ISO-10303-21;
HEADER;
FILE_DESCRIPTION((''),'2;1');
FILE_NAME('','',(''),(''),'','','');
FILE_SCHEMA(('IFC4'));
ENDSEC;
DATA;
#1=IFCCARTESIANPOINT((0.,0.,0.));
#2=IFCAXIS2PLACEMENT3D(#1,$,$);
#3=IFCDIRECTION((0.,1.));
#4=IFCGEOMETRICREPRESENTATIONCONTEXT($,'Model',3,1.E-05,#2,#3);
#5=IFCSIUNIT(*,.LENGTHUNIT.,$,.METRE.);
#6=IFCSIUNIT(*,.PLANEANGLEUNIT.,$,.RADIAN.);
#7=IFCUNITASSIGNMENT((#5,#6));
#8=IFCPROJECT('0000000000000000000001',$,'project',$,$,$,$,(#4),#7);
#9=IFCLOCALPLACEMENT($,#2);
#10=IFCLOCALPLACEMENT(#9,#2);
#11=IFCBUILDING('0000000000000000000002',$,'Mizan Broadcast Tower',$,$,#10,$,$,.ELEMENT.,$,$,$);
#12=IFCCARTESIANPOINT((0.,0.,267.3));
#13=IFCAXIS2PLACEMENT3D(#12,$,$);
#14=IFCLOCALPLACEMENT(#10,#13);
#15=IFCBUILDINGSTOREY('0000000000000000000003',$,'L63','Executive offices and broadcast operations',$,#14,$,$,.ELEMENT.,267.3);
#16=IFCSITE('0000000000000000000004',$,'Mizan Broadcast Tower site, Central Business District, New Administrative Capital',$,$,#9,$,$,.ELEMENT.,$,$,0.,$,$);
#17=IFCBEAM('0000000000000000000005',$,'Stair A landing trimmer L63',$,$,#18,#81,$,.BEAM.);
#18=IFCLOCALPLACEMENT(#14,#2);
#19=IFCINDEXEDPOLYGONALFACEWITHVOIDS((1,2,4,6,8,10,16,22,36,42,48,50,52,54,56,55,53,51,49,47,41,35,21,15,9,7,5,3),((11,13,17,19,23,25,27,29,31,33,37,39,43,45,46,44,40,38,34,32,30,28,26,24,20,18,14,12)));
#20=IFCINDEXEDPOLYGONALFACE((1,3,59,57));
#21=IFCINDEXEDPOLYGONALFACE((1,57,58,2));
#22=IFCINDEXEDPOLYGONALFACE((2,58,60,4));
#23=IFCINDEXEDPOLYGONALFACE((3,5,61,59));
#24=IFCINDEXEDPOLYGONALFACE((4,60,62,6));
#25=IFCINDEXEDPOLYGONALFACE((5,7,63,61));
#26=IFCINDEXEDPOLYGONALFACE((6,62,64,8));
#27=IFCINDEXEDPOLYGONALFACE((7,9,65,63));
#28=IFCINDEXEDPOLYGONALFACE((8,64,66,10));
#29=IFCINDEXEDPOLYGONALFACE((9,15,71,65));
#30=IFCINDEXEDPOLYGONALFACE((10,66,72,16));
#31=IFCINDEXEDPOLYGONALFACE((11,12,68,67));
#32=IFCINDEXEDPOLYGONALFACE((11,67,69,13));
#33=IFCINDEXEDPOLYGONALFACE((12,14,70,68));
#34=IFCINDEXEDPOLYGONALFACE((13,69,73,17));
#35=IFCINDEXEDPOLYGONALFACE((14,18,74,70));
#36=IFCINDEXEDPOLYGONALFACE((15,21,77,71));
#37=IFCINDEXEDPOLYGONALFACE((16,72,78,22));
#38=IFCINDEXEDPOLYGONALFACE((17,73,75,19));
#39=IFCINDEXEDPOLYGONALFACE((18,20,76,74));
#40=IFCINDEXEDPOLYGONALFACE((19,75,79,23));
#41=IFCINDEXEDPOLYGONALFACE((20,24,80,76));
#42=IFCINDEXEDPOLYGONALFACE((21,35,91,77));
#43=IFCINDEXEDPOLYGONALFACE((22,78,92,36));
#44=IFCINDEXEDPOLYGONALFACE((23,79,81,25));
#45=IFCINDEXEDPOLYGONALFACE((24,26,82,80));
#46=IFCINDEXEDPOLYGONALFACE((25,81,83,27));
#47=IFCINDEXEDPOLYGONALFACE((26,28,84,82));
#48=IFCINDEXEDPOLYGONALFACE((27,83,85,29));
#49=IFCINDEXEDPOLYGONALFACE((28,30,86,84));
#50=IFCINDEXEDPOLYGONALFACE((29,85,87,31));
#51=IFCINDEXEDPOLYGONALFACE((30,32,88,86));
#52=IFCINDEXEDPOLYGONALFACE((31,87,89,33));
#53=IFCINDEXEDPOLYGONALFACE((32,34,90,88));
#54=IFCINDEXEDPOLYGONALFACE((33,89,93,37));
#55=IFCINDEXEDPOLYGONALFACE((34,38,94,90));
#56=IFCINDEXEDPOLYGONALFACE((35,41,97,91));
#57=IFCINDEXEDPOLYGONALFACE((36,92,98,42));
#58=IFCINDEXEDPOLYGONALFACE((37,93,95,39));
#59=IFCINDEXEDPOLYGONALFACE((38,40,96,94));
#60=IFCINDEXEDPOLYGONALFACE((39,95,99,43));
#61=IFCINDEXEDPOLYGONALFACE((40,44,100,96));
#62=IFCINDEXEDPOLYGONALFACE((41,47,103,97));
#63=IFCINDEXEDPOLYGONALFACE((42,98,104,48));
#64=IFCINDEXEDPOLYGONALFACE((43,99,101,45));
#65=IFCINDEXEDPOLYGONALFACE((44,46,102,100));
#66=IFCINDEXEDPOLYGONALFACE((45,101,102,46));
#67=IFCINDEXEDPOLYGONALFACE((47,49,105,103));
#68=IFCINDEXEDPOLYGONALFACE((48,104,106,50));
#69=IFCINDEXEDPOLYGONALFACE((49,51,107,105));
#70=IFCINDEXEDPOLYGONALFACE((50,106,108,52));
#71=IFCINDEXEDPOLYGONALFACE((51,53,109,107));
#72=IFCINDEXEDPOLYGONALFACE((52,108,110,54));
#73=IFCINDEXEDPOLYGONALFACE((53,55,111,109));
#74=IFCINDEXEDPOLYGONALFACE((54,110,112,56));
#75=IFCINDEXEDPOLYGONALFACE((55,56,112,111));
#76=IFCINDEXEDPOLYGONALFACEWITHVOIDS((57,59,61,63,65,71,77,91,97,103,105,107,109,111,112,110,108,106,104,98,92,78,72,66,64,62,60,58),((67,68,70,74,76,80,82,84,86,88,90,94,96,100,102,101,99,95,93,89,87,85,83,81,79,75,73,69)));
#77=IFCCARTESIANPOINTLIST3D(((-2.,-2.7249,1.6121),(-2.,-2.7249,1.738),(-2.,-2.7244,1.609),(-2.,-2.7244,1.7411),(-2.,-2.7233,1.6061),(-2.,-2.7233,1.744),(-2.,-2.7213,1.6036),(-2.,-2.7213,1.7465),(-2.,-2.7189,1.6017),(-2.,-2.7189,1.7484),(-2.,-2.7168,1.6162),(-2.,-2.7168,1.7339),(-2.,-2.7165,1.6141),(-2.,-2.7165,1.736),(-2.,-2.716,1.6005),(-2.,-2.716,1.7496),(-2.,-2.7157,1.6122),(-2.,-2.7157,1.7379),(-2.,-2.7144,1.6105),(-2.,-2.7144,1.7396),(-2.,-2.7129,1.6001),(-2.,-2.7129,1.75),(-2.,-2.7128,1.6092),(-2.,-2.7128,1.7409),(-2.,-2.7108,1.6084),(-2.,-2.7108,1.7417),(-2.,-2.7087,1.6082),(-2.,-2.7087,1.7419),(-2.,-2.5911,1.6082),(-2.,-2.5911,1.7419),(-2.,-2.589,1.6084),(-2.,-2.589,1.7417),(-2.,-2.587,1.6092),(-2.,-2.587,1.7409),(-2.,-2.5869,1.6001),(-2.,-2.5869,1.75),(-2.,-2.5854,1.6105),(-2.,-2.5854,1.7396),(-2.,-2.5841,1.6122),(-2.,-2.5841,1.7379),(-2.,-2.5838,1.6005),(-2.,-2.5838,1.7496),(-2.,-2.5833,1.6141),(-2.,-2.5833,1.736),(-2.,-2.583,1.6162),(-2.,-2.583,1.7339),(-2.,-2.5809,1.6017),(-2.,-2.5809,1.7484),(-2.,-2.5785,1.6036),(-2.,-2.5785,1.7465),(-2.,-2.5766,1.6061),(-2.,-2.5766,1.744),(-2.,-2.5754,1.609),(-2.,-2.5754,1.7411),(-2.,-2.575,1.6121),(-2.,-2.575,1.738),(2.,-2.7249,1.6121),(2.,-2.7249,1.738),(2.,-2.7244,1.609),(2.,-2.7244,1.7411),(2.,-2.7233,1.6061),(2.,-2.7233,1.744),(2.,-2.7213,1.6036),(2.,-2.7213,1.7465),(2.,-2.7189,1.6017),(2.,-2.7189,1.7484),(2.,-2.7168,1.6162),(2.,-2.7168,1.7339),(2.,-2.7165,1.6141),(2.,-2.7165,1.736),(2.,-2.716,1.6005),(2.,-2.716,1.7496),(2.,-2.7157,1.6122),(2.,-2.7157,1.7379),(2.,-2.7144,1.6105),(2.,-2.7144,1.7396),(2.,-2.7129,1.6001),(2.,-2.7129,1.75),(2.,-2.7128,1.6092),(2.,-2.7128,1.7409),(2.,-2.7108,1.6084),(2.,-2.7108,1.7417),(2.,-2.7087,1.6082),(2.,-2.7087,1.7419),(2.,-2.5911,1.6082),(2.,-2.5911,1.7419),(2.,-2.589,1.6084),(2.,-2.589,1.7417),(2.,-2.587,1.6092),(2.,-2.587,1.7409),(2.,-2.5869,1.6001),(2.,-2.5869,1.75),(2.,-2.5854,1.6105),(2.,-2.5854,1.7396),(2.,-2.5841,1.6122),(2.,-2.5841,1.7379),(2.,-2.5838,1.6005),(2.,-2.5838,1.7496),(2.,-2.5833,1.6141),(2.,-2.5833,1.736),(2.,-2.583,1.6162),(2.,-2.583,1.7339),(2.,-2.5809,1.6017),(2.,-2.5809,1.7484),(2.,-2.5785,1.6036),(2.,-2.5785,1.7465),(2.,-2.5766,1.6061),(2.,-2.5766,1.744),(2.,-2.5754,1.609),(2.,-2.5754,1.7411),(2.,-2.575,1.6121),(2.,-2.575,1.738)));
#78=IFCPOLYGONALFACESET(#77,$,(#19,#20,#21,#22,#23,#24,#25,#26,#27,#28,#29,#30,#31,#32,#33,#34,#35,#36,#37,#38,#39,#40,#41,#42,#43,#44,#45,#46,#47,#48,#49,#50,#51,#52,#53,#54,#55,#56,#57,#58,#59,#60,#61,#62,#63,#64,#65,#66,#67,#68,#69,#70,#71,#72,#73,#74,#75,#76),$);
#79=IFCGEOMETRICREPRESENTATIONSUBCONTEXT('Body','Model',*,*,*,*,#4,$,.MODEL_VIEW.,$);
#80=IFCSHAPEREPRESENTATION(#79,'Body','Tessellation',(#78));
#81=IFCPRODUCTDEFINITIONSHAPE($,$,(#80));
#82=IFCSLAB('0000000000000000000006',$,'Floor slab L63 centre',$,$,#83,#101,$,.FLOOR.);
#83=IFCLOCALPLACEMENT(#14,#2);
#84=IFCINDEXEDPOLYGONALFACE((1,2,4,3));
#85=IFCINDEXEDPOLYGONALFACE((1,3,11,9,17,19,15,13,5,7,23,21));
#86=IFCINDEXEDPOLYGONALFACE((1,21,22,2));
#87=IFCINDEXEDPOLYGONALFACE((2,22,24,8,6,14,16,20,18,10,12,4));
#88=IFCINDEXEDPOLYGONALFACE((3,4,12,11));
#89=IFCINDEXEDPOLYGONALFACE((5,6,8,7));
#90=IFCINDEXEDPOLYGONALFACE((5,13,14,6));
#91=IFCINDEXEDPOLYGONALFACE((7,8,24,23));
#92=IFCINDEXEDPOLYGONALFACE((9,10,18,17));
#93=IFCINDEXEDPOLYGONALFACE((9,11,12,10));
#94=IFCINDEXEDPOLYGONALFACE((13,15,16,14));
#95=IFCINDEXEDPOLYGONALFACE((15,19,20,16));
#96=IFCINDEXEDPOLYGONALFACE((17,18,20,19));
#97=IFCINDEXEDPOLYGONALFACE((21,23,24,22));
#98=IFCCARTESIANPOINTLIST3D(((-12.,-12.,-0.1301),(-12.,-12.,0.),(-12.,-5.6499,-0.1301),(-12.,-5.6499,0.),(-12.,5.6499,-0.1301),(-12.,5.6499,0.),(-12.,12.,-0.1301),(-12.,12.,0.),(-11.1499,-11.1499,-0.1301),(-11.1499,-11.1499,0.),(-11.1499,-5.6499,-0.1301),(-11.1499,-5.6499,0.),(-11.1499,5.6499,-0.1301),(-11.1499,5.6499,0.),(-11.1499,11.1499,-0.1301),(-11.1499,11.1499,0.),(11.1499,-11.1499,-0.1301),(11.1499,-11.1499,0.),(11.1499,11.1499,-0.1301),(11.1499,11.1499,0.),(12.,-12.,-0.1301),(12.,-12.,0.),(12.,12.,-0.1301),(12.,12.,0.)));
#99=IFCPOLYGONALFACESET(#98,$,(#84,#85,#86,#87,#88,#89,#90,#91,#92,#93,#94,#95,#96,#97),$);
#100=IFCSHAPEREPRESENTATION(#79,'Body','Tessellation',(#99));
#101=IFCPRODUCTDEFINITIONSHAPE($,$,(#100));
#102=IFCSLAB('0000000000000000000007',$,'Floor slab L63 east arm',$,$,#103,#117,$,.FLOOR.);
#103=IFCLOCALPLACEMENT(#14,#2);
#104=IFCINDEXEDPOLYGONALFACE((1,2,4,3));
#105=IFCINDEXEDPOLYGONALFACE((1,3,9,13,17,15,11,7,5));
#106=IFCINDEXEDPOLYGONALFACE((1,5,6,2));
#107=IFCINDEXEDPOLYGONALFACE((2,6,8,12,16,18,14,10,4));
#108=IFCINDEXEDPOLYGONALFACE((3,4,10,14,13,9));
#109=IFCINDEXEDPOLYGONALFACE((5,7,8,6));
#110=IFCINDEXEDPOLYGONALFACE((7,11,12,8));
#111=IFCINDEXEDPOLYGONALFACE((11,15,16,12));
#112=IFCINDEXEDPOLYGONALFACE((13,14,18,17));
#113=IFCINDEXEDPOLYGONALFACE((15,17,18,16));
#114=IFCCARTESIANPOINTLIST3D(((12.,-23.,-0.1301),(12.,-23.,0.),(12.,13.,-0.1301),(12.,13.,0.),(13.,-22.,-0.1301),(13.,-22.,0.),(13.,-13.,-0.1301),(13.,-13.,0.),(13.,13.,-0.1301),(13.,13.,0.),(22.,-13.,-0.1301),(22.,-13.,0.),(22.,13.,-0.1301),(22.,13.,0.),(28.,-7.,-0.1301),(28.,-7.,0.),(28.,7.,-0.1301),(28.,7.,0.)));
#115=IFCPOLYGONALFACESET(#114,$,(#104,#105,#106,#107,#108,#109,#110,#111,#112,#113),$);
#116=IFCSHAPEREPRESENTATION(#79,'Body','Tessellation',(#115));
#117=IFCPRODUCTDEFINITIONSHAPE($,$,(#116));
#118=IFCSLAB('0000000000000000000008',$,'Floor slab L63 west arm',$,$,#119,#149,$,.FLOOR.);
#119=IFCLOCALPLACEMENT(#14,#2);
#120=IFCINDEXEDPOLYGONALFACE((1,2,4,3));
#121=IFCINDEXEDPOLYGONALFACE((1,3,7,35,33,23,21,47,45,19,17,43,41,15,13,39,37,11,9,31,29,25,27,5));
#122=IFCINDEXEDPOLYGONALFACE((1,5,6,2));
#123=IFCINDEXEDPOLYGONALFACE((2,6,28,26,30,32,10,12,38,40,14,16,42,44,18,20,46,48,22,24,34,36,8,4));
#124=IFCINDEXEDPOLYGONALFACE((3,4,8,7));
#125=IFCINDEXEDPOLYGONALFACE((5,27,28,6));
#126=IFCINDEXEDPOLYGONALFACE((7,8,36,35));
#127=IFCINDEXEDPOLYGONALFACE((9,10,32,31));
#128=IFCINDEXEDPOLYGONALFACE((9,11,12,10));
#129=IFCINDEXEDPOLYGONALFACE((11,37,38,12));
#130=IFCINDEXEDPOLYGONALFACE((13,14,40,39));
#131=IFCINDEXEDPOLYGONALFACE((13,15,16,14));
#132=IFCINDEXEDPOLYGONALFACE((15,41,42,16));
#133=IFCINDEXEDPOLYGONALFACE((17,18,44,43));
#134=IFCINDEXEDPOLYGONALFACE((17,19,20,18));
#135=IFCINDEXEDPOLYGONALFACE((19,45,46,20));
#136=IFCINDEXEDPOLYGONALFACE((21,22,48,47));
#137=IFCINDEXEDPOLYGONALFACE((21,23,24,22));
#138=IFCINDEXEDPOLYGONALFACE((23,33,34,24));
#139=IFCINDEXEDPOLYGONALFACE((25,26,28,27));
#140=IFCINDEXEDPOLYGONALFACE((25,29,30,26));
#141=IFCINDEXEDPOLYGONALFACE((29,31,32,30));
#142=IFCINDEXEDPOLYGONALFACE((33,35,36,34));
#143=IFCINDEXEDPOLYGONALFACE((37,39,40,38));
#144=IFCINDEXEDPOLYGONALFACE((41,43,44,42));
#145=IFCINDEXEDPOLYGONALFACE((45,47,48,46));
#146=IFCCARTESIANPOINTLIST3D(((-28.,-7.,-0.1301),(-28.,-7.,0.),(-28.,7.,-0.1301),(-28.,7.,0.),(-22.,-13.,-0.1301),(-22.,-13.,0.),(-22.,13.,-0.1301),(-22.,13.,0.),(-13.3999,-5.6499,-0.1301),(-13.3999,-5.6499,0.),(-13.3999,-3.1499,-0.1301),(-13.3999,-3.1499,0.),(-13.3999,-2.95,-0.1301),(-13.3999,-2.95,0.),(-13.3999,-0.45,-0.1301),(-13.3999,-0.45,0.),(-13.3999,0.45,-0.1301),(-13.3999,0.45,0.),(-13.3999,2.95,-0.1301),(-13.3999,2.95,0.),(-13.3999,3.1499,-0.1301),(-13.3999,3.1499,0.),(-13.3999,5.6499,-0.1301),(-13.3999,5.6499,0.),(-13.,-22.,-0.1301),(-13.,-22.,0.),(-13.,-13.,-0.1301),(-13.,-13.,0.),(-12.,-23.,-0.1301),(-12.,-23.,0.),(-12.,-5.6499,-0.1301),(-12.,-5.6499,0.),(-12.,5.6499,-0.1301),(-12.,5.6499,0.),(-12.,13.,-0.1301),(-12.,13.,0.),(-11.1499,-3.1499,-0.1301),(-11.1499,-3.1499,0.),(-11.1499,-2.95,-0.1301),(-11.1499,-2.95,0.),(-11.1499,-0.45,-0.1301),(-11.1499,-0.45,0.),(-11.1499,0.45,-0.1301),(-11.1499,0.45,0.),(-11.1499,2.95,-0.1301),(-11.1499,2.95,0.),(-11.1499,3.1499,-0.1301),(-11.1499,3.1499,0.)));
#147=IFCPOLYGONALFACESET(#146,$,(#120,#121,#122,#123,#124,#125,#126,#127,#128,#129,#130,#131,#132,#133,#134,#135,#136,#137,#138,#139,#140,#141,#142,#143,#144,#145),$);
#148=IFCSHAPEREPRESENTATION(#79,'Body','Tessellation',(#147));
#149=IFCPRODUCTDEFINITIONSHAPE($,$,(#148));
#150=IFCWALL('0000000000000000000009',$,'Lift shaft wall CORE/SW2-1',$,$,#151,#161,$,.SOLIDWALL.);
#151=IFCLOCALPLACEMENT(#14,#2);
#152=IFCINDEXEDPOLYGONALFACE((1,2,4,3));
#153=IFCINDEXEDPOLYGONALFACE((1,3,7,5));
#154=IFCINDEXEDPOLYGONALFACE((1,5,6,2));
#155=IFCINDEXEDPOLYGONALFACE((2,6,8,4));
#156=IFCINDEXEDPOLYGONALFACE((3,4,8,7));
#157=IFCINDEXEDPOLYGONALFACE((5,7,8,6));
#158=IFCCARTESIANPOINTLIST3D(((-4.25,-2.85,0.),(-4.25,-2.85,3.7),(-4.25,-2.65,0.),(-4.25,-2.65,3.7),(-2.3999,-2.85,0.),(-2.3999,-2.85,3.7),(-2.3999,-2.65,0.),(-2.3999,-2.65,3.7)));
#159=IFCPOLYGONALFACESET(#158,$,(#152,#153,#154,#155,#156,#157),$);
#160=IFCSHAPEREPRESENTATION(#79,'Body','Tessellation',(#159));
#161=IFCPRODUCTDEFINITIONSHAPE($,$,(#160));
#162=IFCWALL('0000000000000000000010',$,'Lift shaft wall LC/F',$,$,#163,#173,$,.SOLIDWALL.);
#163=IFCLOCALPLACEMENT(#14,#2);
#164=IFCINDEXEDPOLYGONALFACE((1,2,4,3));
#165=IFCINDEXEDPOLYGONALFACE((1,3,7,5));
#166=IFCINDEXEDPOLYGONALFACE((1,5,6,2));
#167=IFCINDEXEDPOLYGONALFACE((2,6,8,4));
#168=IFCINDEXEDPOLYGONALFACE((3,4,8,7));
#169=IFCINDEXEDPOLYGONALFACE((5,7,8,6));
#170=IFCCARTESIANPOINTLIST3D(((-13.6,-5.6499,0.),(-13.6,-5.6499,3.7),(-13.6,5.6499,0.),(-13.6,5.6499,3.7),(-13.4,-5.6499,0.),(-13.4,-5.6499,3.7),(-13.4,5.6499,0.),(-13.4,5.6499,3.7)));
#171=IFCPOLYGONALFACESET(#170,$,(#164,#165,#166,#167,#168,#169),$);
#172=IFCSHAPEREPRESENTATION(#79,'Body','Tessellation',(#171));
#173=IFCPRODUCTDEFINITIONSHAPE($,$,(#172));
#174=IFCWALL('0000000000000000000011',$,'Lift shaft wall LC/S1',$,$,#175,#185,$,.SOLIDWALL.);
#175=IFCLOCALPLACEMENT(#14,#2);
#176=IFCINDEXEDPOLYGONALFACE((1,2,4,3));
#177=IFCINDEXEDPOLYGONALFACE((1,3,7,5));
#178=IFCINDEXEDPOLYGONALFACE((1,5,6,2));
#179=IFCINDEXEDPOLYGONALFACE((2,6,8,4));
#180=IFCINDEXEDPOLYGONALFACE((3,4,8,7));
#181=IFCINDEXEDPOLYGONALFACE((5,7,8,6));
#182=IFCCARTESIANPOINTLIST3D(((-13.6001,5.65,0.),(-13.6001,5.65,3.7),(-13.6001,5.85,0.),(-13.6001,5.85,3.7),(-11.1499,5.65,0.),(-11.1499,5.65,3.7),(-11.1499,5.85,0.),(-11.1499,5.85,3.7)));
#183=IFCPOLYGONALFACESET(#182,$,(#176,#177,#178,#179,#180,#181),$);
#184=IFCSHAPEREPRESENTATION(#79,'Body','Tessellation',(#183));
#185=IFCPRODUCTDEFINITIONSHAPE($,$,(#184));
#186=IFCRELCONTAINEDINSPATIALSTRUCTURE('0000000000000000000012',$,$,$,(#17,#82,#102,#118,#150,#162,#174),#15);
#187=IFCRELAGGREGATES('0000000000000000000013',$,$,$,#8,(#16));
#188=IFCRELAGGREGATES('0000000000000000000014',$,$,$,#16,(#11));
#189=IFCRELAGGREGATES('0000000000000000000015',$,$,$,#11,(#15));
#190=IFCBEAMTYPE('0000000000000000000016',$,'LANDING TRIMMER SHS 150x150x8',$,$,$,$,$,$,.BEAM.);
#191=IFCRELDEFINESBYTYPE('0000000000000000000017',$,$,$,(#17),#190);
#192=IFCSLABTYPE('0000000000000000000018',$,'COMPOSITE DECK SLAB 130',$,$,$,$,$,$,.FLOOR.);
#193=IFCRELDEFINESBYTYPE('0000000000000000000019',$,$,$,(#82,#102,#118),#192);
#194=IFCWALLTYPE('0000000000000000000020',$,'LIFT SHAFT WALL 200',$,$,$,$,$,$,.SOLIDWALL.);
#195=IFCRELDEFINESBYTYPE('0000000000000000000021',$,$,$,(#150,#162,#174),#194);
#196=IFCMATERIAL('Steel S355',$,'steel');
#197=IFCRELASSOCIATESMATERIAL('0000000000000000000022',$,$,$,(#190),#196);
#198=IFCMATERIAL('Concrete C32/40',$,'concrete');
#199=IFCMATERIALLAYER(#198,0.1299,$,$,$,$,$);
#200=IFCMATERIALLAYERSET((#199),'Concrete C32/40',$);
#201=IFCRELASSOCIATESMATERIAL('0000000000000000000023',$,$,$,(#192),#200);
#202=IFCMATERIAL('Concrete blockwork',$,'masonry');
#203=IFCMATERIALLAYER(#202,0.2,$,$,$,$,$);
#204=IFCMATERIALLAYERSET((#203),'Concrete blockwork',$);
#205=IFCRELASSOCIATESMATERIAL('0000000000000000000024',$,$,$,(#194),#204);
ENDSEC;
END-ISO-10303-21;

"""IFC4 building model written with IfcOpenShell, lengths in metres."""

from ifc_helpers import new_model, si_unit, direction, frame, frame_2d, origin, origin_2d, place, context, subcontext, project, spatial, polyline, rectangle, hollow_rectangle, outline, extrude, material, layer, layer_set, material_profile, profile_set, type_object, element, save


model = new_model("IFC4")

# Units and contexts
model_context = context("Model", 3, precision=1e-05, world=origin(), true_north=direction((0.0, 1.0)))
body_context = subcontext(model_context, "Body", "Model", "MODEL_VIEW")
ifc_project = project(units=[si_unit("LENGTHUNIT", "METRE"), si_unit("PLANEANGLEUNIT", "RADIAN")], contexts=[model_context])

# Site, building, storey
site_placement = place(None, origin())
site = spatial("IfcSite", under=ifc_project, at=site_placement, Name="Mizan Broadcast Tower site, Central Business District, New Administrative Capital", CompositionType="ELEMENT", RefElevation=0.0)
building_placement = place(site_placement, origin())
building = spatial("IfcBuilding", under=site, at=building_placement, Name="Mizan Broadcast Tower", CompositionType="ELEMENT")
storey_placement = place(building_placement, frame((0.0, 0.0, 267.3)))
storey = spatial("IfcBuildingStorey", under=building, at=storey_placement, Name="L63", Description="Executive offices and broadcast operations", CompositionType="ELEMENT", Elevation=267.3)

# Beam
ifc_material_1 = material(Name="Steel S355", Category="steel")
ifc_material_profile_1 = material_profile(ifc_material_1, hollow_rectangle(XDim=0.1499, YDim=0.1499, WallThickness=0.0081, InnerFilletRadius=0.0081, OuterFilletRadius=0.012, at=origin_2d()), Name="SHS 150x150x8")
ifc_profile_set_1 = profile_set([ifc_material_profile_1], Name="Steel S355")
beam_type_1 = type_object("IfcBeamType", Name="LANDING TRIMMER SHS 150x150x8", PredefinedType="BEAM", material=ifc_profile_set_1)
for number, where, z_axis, x_axis, name in (
    (1, (-2.0, -2.6499, 1.675), (1.0, 0.0, 0.0), (0.0, 1.0, 0.0), "Stair A landing trimmer L63"),
):
    element("IfcBeam", number, at=place(storey_placement, frame(where, z_axis=z_axis, x_axis=x_axis)), inside=storey, type_object=beam_type_1, Name=name, PredefinedType="BEAM", context=body_context, shape_type="SweptSolid", body=[
        extrude(hollow_rectangle(XDim=0.1499, YDim=0.1499, WallThickness=0.0081, InnerFilletRadius=0.0081, OuterFilletRadius=0.012, at=origin_2d()), origin(), (0.0, 0.0, 1.0), 4.0),
    ])

# Slabs
ifc_material_2 = material(Name="Concrete C32/40", Category="concrete")
ifc_layer_1 = layer(ifc_material_2, 0.1299)
ifc_layer_set_1 = layer_set([ifc_layer_1], Name="Concrete C32/40")
slab_type = type_object("IfcSlabType", Name="COMPOSITE DECK SLAB 130", PredefinedType="FLOOR", material=ifc_layer_set_1)
slab_1_placement = place(storey_placement, frame((0.0, 0.0, -0.1301)))
element("IfcSlab", 2, at=slab_1_placement, inside=storey, type_object=slab_type, Name="Floor slab L63 centre", PredefinedType="FLOOR", context=body_context, shape_type="SweptSolid", body=[
    extrude(outline(polyline([(-11.1499, -5.6499), (-12.0, -5.6499), (-12.0, -12.0), (12.0, -12.0), (12.0, 12.0), (-12.0, 12.0), (-12.0, 5.6499), (-11.1499, 5.6499), (-11.1499, 11.1499), (11.1499, 11.1499), (11.1499, -11.1499), (-11.1499, -11.1499), (-11.1499, -5.6499)])), origin(), (0.0, 0.0, 1.0), 0.1301),
])
slab_2_placement = place(storey_placement, frame((0.0, 0.0, -0.1301)))
element("IfcSlab", 3, at=slab_2_placement, inside=storey, type_object=slab_type, Name="Floor slab L63 east arm", PredefinedType="FLOOR", context=body_context, shape_type="SweptSolid", body=[
    extrude(outline(polyline([(13.0, 13.0), (12.0, 13.0), (12.0, -23.0), (13.0, -22.0), (13.0, -13.0), (22.0, -13.0), (28.0, -7.0), (28.0, 7.0), (22.0, 13.0), (13.0, 13.0)])), origin(), (0.0, 0.0, 1.0), 0.1301),
])
slab_3_placement = place(storey_placement, frame((0.0, 0.0, -0.1301)))
element("IfcSlab", 4, at=slab_3_placement, inside=storey, type_object=slab_type, Name="Floor slab L63 west arm", PredefinedType="FLOOR", context=body_context, shape_type="SweptSolid", body=[
    extrude(outline(polyline([(-22.0, 13.0), (-28.0, 7.0), (-28.0, -7.0), (-22.0, -13.0), (-13.0, -13.0), (-13.0, -22.0), (-12.0, -23.0), (-12.0, -5.6499), (-13.3999, -5.6499), (-13.3999, -3.1499), (-11.1499, -3.1499), (-11.1499, -2.95), (-13.3999, -2.95), (-13.3999, -0.45), (-11.1499, -0.45), (-11.1499, 0.45), (-13.3999, 0.45), (-13.3999, 2.95), (-11.1499, 2.95), (-11.1499, 3.1499), (-13.3999, 3.1499), (-13.3999, 5.6499), (-12.0, 5.6499), (-12.0, 13.0), (-22.0, 13.0)])), origin(), (0.0, 0.0, 1.0), 0.1301),
])

# Walls
ifc_material_3 = material(Name="Concrete blockwork", Category="masonry")
ifc_layer_2 = layer(ifc_material_3, 0.2)
ifc_layer_set_2 = layer_set([ifc_layer_2], Name="Concrete blockwork")
wall_type_1 = type_object("IfcWallType", Name="LIFT SHAFT WALL 200", PredefinedType="SOLIDWALL", material=ifc_layer_set_2)
wall_1_placement = place(storey_placement, frame((-4.25, -2.75, 0.0), z_axis=(0.0, 0.0, 1.0), x_axis=(1.0, 0.0, 0.0)))
element("IfcWall", 5, at=wall_1_placement, inside=storey, type_object=wall_type_1, Name="Lift shaft wall CORE/SW2-1", PredefinedType="SOLIDWALL", context=body_context, shape_type="SweptSolid", body=[
    extrude(rectangle(XDim=1.8501, YDim=0.2, at=frame_2d((0.925, 0.0))), origin(), (0.0, 0.0, 1.0), 3.7),
])
wall_2_placement = place(storey_placement, frame((-13.5, 5.6499, 0.0), z_axis=(0.0, 0.0, 1.0), x_axis=(0.0, -1.0, 0.0)))
element("IfcWall", 6, at=wall_2_placement, inside=storey, type_object=wall_type_1, Name="Lift shaft wall LC/F", PredefinedType="SOLIDWALL", context=body_context, shape_type="SweptSolid", body=[
    extrude(rectangle(XDim=11.2998, YDim=0.2, at=frame_2d((5.6499, 0.0))), origin(), (0.0, 0.0, 1.0), 3.7),
])
for number, where, z_axis, x_axis, name in (
    (7, (-11.1499, 5.75, 0.0), (0.0, 0.0, 1.0), (-1.0, 0.0, 0.0), "Lift shaft wall LC/S1"),
):
    element("IfcWall", number, at=place(storey_placement, frame(where, z_axis=z_axis, x_axis=x_axis)), inside=storey, type_object=wall_type_1, Name=name, PredefinedType="SOLIDWALL", context=body_context, shape_type="SweptSolid", body=[
        extrude(rectangle(XDim=2.4502, YDim=0.2, at=frame_2d((1.2251, 0.0))), origin(), (0.0, 0.0, 1.0), 3.7),
    ])

save(model, "model.ifc")
